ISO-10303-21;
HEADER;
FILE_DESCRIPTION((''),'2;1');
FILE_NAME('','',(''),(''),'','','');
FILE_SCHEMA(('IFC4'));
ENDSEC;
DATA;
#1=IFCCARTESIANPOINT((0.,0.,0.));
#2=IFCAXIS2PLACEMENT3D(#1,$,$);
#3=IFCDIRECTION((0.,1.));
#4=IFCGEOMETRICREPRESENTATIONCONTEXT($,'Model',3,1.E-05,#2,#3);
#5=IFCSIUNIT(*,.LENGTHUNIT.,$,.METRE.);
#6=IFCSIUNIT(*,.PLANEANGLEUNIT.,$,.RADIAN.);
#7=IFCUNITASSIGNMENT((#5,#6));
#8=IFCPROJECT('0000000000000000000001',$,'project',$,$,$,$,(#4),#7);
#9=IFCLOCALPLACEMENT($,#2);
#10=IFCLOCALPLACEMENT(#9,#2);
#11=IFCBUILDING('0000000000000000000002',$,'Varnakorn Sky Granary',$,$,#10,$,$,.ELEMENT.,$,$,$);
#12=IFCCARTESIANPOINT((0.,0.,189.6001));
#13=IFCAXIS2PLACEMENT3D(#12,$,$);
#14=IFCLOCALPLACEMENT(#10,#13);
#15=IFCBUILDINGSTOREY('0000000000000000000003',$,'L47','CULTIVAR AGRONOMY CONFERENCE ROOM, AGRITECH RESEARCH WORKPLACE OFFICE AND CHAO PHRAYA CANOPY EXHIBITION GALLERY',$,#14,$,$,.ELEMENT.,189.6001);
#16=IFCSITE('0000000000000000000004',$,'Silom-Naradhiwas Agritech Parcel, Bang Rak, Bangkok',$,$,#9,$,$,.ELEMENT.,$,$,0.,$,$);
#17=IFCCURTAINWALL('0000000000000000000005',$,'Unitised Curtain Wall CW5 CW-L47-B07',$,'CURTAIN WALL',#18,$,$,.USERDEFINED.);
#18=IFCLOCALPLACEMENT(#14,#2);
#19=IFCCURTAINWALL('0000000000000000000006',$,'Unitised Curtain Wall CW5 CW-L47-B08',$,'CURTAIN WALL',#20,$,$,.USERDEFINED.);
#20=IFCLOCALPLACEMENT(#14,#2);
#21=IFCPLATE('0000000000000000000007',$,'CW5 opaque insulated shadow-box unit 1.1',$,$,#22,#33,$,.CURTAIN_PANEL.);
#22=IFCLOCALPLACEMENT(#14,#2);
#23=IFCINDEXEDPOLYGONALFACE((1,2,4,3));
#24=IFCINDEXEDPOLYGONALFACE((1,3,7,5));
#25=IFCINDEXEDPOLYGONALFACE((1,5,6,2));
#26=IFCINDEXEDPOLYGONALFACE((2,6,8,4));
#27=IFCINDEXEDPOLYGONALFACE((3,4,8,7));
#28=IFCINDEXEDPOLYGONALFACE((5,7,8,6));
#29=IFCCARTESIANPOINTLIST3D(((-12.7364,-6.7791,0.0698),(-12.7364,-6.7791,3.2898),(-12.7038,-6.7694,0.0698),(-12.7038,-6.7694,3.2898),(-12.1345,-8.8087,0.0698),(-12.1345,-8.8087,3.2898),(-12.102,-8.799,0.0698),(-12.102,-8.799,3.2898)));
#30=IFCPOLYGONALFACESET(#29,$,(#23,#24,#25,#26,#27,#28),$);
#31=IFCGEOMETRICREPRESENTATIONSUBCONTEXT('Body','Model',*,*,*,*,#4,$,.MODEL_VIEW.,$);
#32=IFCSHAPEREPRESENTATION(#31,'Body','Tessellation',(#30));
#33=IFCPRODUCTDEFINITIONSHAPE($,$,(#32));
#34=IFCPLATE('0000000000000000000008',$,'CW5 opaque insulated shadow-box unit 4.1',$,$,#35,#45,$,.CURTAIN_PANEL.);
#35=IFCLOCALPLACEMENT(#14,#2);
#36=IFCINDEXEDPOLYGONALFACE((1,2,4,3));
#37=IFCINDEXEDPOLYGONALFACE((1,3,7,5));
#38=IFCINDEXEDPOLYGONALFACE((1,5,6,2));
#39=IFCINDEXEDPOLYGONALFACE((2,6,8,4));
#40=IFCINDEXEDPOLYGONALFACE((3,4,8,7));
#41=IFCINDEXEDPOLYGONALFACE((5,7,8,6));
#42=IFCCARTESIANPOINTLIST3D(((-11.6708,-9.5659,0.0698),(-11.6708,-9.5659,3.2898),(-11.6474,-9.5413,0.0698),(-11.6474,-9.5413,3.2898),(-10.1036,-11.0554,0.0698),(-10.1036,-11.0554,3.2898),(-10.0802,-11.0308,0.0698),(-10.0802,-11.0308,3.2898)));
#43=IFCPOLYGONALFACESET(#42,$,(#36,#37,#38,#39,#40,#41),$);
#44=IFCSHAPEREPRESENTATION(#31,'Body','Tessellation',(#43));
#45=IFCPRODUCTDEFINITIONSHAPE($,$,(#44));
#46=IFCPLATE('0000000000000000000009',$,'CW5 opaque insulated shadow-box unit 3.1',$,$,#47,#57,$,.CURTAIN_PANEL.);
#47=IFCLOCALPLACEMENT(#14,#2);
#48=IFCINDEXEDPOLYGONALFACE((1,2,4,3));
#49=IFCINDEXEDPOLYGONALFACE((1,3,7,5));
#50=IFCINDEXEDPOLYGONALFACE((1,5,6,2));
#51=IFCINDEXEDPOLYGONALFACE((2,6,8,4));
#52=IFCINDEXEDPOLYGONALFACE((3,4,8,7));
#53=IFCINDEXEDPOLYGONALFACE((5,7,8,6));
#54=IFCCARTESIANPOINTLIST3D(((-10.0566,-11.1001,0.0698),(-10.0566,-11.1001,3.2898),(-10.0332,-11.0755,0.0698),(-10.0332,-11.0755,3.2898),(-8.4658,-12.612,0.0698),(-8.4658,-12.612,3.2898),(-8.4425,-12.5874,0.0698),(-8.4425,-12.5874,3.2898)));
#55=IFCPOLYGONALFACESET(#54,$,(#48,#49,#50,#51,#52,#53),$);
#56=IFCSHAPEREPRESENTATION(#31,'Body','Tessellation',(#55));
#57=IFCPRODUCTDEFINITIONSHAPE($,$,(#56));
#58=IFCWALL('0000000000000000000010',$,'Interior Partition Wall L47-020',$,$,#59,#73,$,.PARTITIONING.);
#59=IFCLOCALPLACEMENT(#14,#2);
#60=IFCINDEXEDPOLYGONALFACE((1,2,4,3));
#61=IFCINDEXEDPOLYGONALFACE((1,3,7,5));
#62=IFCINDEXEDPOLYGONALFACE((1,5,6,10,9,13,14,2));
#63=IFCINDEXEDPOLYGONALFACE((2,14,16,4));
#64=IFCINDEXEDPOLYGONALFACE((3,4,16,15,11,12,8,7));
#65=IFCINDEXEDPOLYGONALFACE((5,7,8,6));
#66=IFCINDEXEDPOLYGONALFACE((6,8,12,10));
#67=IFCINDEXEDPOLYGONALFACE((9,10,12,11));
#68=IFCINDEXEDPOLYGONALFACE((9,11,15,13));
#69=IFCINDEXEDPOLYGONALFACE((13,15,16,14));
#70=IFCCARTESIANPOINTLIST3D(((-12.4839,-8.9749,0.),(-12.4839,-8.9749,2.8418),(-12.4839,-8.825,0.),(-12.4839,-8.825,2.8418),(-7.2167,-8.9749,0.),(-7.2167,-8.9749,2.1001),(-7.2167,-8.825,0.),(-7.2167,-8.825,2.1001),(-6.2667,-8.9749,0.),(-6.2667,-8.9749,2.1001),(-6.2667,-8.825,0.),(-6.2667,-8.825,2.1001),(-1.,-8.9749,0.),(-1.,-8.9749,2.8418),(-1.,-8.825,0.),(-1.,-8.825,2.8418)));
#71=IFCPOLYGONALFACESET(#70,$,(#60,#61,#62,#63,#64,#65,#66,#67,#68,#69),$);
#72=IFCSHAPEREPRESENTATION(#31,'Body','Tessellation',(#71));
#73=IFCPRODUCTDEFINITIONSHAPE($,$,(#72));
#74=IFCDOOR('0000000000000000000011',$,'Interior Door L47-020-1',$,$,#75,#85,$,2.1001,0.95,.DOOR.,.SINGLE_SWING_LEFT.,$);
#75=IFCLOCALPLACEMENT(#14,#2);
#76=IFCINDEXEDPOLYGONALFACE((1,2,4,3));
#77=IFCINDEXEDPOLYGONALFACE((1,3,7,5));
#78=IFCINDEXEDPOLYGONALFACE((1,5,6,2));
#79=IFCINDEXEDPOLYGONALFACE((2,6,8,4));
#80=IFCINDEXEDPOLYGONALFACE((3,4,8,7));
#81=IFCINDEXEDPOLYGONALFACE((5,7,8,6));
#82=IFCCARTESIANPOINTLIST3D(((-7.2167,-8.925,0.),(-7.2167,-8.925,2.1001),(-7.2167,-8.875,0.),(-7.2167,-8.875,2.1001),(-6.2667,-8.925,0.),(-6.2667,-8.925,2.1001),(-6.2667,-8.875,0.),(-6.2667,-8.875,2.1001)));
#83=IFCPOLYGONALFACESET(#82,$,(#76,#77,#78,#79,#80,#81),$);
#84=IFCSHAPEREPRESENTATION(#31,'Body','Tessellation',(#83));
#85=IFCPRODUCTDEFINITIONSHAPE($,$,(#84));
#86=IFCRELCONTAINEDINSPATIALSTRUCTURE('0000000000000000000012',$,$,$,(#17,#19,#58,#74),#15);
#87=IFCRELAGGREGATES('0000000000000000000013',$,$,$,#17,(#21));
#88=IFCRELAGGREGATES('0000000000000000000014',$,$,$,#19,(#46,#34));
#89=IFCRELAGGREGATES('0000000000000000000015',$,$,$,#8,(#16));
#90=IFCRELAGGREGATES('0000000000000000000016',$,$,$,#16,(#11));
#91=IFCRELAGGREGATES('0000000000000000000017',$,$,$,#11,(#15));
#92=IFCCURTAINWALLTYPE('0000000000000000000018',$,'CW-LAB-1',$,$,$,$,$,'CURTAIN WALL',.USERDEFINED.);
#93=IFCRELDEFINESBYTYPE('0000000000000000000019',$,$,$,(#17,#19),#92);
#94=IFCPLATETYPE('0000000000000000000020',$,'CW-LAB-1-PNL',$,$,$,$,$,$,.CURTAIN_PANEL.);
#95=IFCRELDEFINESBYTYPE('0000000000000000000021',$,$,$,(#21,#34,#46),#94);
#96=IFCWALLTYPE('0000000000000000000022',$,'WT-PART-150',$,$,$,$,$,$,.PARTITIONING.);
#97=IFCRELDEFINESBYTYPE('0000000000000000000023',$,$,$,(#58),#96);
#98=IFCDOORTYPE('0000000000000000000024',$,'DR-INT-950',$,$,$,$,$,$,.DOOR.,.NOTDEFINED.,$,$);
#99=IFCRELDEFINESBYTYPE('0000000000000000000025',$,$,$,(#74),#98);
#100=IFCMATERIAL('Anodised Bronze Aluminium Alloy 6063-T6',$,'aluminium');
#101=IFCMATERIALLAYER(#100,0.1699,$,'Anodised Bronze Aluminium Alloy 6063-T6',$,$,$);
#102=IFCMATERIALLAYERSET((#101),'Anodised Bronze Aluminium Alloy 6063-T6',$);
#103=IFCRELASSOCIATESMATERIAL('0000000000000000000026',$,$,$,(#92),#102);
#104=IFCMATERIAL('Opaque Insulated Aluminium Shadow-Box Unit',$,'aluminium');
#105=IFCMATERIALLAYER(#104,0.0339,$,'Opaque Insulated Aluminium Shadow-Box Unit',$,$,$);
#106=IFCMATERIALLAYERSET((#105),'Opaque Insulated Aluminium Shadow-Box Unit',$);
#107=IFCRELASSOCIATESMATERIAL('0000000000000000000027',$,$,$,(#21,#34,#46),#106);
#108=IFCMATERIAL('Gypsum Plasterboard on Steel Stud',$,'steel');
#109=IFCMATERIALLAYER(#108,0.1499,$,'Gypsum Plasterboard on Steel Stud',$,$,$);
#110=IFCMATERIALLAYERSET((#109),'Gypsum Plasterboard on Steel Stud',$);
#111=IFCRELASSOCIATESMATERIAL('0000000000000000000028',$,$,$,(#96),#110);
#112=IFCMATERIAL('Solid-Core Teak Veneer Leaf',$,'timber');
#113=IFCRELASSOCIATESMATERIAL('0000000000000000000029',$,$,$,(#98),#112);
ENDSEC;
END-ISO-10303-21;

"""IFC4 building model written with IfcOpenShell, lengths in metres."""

from ifc_helpers import new_model, si_unit, direction, frame, frame_2d, origin, origin_2d, place, context, subcontext, project, spatial, rectangle, extrude, source, transform, mapped, material, layer, layer_set, type_object, type_shapes, element, fill, aggregate, save


model = new_model("IFC4")

# Units and contexts
model_context = context("Model", 3, precision=1e-05, world=origin(), true_north=direction((0.0, 1.0)))
body_context = subcontext(model_context, "Body", "Model", "MODEL_VIEW")
ifc_project = project(units=[si_unit("LENGTHUNIT", "METRE"), si_unit("PLANEANGLEUNIT", "RADIAN")], contexts=[model_context])

# Site, building, storey
site_placement = place(None, origin())
site = spatial("IfcSite", under=ifc_project, at=site_placement, Name="Silom-Naradhiwas Agritech Parcel, Bang Rak, Bangkok", CompositionType="ELEMENT", RefElevation=0.0)
building_placement = place(site_placement, origin())
building = spatial("IfcBuilding", under=site, at=building_placement, Name="Varnakorn Sky Granary", CompositionType="ELEMENT")
storey_placement = place(building_placement, frame((0.0, 0.0, 189.6001)))
storey = spatial("IfcBuildingStorey", under=building, at=storey_placement, Name="L47", Description="CULTIVAR AGRONOMY CONFERENCE ROOM, AGRITECH RESEARCH WORKPLACE OFFICE AND CHAO PHRAYA CANOPY EXHIBITION GALLERY", CompositionType="ELEMENT", Elevation=189.6001)

# Curtain walls
ifc_material_1 = material(Name="Anodised Bronze Aluminium Alloy 6063-T6", Category="aluminium")
ifc_layer_1 = layer(ifc_material_1, 0.1699, Name="Anodised Bronze Aluminium Alloy 6063-T6")
ifc_layer_set_1 = layer_set([ifc_layer_1], Name="Anodised Bronze Aluminium Alloy 6063-T6")
curtain_wall_type = type_object("IfcCurtainWallType", Name="CW-LAB-1", ElementType="CURTAIN WALL", PredefinedType="USERDEFINED", material=ifc_layer_set_1)
curtain_wall_1_placement = place(storey_placement, origin())
curtain_wall_1 = element("IfcCurtainWall", 1, at=curtain_wall_1_placement, inside=storey, type_object=curtain_wall_type, Name="Unitised Curtain Wall CW5 CW-L47-B07", ObjectType="CURTAIN WALL", PredefinedType="USERDEFINED")
curtain_wall_2_placement = place(storey_placement, origin())
curtain_wall_2 = element("IfcCurtainWall", 2, at=curtain_wall_2_placement, inside=storey, type_object=curtain_wall_type, Name="Unitised Curtain Wall CW5 CW-L47-B08", ObjectType="CURTAIN WALL", PredefinedType="USERDEFINED")

# Plates
ifc_material_2 = material(Name="Opaque Insulated Aluminium Shadow-Box Unit", Category="aluminium")
ifc_layer_2 = layer(ifc_material_2, 0.0339, Name="Opaque Insulated Aluminium Shadow-Box Unit")
ifc_layer_set_2 = layer_set([ifc_layer_2], Name="Opaque Insulated Aluminium Shadow-Box Unit")
plate_type = type_object("IfcPlateType", Name="CW-LAB-1-PNL", PredefinedType="CURTAIN_PANEL")
shared_shape_1 = source(origin(), body_context, "Body", "SweptSolid", [
    extrude(rectangle(XDim=2.1169, YDim=0.0339, at=origin_2d()), origin(), (0.0, 0.0, 1.0), 3.22),
])
plate_1_placement = place(storey_placement, frame((-12.4192, -7.7891, 0.0698), z_axis=(0.0, 0.0, 1.0), x_axis=(-0.284295, 0.958737, 0.0)))
plate_1 = element("IfcPlate", 3, at=plate_1_placement, type_object=plate_type, material=ifc_layer_set_2, Name="CW5 opaque insulated shadow-box unit 1.1", PredefinedType="CURTAIN_PANEL", context=body_context, shape_type="MappedRepresentation", body=[
    mapped(shared_shape_1, transform((0.0, 0.0, 0.0), x_axis=(1.0, 0.0, 0.0), y_axis=(0.0, 1.0, 0.0), z_axis=(0.0, 0.0, 1.0), scale=1.0)),
])
aggregate(curtain_wall_1, [plate_1])
shared_shape_2 = source(origin(), body_context, "Body", "SweptSolid", [
    extrude(rectangle(XDim=2.1621, YDim=0.0339, at=origin_2d()), origin(), (0.0, 0.0, 1.0), 3.22),
])
plate_2_placement = place(storey_placement, frame((-10.8755, -10.2983, 0.0698), z_axis=(0.0, 0.0, 1.0), x_axis=(-0.724851, 0.688905, 0.0)))
plate_2 = element("IfcPlate", 4, at=plate_2_placement, type_object=plate_type, material=ifc_layer_set_2, Name="CW5 opaque insulated shadow-box unit 4.1", PredefinedType="CURTAIN_PANEL", context=body_context, shape_type="MappedRepresentation", body=[
    mapped(shared_shape_2, transform((0.0, 0.0, 0.0), x_axis=(1.0, 0.0, 0.0), y_axis=(0.0, 1.0, 0.0), z_axis=(0.0, 0.0, 1.0), scale=1.0)),
])
shared_shape_3 = source(origin(), body_context, "Body", "SweptSolid", [
    extrude(rectangle(XDim=2.1946, YDim=0.0339, at=origin_2d()), origin(), (0.0, 0.0, 1.0), 3.22),
])
type_shapes(plate_type, [shared_shape_1, shared_shape_2, shared_shape_3])
plate_3_placement = place(storey_placement, frame((-9.2495, -11.8438, 0.0698), z_axis=(0.0, 0.0, 1.0), x_axis=(-0.724851, 0.688905, 0.0)))
plate_3 = element("IfcPlate", 5, at=plate_3_placement, type_object=plate_type, material=ifc_layer_set_2, Name="CW5 opaque insulated shadow-box unit 3.1", PredefinedType="CURTAIN_PANEL", context=body_context, shape_type="MappedRepresentation", body=[
    mapped(shared_shape_3, transform((0.0, 0.0, 0.0), x_axis=(1.0, 0.0, 0.0), y_axis=(0.0, 1.0, 0.0), z_axis=(0.0, 0.0, 1.0), scale=1.0)),
])
aggregate(curtain_wall_2, [plate_3, plate_2])

# Wall, opening, door
ifc_material_3 = material(Name="Gypsum Plasterboard on Steel Stud", Category="steel")
ifc_layer_3 = layer(ifc_material_3, 0.1499, Name="Gypsum Plasterboard on Steel Stud")
ifc_layer_set_3 = layer_set([ifc_layer_3], Name="Gypsum Plasterboard on Steel Stud")
wall_type = type_object("IfcWallType", Name="WT-PART-150", PredefinedType="PARTITIONING", material=ifc_layer_set_3)
wall_placement = place(storey_placement, frame((-12.4839, -8.8999, 0.0), z_axis=(0.0, 0.0, 1.0), x_axis=(1.0, 0.0, 0.0)))
wall = element("IfcWall", 6, at=wall_placement, inside=storey, type_object=wall_type, Name="Interior Partition Wall L47-020", PredefinedType="PARTITIONING", context=body_context, shape_type="SweptSolid", body=[
    extrude(rectangle(XDim=11.4839, YDim=0.1499, at=frame_2d((5.7419, 0.0))), origin(), (0.0, 0.0, 1.0), 2.8418),
])
opening_placement = place(wall_placement, frame((5.2671, 0.0, 0.0)))
opening = element("IfcOpeningElement", 7, at=opening_placement, cuts=wall, PredefinedType="OPENING", context=body_context, shape_type="SweptSolid", body=[
    extrude(rectangle(XDim=0.95, YDim=2.1001, at=frame_2d((0.4751, 1.05))), frame((0.0, 0.085, 0.0), z_axis=(0.0, -1.0, 0.0), x_axis=(1.0, 0.0, 0.0)), (0.0, 0.0, 1.0), 0.1699),
])
ifc_material_4 = material(Name="Solid-Core Teak Veneer Leaf", Category="timber")
door_type = type_object("IfcDoorType", Name="DR-INT-950", OperationType="NOTDEFINED", PredefinedType="DOOR", material=ifc_material_4)
door_placement = place(opening_placement, origin())
door = element("IfcDoor", 8, at=door_placement, inside=storey, type_object=door_type, Name="Interior Door L47-020-1", OperationType="SINGLE_SWING_LEFT", OverallHeight=2.1001, OverallWidth=0.95, PredefinedType="DOOR", context=body_context, shape_type="SweptSolid", body=[
    extrude(rectangle(XDim=0.95, YDim=2.1001, at=frame_2d((0.4751, 1.05))), frame((0.0, 0.0249, 0.0), z_axis=(0.0, -1.0, 0.0), x_axis=(1.0, 0.0, 0.0)), (0.0, 0.0, 1.0), 0.05),
])
fill(opening, door)

save(model, "model.ifc")
